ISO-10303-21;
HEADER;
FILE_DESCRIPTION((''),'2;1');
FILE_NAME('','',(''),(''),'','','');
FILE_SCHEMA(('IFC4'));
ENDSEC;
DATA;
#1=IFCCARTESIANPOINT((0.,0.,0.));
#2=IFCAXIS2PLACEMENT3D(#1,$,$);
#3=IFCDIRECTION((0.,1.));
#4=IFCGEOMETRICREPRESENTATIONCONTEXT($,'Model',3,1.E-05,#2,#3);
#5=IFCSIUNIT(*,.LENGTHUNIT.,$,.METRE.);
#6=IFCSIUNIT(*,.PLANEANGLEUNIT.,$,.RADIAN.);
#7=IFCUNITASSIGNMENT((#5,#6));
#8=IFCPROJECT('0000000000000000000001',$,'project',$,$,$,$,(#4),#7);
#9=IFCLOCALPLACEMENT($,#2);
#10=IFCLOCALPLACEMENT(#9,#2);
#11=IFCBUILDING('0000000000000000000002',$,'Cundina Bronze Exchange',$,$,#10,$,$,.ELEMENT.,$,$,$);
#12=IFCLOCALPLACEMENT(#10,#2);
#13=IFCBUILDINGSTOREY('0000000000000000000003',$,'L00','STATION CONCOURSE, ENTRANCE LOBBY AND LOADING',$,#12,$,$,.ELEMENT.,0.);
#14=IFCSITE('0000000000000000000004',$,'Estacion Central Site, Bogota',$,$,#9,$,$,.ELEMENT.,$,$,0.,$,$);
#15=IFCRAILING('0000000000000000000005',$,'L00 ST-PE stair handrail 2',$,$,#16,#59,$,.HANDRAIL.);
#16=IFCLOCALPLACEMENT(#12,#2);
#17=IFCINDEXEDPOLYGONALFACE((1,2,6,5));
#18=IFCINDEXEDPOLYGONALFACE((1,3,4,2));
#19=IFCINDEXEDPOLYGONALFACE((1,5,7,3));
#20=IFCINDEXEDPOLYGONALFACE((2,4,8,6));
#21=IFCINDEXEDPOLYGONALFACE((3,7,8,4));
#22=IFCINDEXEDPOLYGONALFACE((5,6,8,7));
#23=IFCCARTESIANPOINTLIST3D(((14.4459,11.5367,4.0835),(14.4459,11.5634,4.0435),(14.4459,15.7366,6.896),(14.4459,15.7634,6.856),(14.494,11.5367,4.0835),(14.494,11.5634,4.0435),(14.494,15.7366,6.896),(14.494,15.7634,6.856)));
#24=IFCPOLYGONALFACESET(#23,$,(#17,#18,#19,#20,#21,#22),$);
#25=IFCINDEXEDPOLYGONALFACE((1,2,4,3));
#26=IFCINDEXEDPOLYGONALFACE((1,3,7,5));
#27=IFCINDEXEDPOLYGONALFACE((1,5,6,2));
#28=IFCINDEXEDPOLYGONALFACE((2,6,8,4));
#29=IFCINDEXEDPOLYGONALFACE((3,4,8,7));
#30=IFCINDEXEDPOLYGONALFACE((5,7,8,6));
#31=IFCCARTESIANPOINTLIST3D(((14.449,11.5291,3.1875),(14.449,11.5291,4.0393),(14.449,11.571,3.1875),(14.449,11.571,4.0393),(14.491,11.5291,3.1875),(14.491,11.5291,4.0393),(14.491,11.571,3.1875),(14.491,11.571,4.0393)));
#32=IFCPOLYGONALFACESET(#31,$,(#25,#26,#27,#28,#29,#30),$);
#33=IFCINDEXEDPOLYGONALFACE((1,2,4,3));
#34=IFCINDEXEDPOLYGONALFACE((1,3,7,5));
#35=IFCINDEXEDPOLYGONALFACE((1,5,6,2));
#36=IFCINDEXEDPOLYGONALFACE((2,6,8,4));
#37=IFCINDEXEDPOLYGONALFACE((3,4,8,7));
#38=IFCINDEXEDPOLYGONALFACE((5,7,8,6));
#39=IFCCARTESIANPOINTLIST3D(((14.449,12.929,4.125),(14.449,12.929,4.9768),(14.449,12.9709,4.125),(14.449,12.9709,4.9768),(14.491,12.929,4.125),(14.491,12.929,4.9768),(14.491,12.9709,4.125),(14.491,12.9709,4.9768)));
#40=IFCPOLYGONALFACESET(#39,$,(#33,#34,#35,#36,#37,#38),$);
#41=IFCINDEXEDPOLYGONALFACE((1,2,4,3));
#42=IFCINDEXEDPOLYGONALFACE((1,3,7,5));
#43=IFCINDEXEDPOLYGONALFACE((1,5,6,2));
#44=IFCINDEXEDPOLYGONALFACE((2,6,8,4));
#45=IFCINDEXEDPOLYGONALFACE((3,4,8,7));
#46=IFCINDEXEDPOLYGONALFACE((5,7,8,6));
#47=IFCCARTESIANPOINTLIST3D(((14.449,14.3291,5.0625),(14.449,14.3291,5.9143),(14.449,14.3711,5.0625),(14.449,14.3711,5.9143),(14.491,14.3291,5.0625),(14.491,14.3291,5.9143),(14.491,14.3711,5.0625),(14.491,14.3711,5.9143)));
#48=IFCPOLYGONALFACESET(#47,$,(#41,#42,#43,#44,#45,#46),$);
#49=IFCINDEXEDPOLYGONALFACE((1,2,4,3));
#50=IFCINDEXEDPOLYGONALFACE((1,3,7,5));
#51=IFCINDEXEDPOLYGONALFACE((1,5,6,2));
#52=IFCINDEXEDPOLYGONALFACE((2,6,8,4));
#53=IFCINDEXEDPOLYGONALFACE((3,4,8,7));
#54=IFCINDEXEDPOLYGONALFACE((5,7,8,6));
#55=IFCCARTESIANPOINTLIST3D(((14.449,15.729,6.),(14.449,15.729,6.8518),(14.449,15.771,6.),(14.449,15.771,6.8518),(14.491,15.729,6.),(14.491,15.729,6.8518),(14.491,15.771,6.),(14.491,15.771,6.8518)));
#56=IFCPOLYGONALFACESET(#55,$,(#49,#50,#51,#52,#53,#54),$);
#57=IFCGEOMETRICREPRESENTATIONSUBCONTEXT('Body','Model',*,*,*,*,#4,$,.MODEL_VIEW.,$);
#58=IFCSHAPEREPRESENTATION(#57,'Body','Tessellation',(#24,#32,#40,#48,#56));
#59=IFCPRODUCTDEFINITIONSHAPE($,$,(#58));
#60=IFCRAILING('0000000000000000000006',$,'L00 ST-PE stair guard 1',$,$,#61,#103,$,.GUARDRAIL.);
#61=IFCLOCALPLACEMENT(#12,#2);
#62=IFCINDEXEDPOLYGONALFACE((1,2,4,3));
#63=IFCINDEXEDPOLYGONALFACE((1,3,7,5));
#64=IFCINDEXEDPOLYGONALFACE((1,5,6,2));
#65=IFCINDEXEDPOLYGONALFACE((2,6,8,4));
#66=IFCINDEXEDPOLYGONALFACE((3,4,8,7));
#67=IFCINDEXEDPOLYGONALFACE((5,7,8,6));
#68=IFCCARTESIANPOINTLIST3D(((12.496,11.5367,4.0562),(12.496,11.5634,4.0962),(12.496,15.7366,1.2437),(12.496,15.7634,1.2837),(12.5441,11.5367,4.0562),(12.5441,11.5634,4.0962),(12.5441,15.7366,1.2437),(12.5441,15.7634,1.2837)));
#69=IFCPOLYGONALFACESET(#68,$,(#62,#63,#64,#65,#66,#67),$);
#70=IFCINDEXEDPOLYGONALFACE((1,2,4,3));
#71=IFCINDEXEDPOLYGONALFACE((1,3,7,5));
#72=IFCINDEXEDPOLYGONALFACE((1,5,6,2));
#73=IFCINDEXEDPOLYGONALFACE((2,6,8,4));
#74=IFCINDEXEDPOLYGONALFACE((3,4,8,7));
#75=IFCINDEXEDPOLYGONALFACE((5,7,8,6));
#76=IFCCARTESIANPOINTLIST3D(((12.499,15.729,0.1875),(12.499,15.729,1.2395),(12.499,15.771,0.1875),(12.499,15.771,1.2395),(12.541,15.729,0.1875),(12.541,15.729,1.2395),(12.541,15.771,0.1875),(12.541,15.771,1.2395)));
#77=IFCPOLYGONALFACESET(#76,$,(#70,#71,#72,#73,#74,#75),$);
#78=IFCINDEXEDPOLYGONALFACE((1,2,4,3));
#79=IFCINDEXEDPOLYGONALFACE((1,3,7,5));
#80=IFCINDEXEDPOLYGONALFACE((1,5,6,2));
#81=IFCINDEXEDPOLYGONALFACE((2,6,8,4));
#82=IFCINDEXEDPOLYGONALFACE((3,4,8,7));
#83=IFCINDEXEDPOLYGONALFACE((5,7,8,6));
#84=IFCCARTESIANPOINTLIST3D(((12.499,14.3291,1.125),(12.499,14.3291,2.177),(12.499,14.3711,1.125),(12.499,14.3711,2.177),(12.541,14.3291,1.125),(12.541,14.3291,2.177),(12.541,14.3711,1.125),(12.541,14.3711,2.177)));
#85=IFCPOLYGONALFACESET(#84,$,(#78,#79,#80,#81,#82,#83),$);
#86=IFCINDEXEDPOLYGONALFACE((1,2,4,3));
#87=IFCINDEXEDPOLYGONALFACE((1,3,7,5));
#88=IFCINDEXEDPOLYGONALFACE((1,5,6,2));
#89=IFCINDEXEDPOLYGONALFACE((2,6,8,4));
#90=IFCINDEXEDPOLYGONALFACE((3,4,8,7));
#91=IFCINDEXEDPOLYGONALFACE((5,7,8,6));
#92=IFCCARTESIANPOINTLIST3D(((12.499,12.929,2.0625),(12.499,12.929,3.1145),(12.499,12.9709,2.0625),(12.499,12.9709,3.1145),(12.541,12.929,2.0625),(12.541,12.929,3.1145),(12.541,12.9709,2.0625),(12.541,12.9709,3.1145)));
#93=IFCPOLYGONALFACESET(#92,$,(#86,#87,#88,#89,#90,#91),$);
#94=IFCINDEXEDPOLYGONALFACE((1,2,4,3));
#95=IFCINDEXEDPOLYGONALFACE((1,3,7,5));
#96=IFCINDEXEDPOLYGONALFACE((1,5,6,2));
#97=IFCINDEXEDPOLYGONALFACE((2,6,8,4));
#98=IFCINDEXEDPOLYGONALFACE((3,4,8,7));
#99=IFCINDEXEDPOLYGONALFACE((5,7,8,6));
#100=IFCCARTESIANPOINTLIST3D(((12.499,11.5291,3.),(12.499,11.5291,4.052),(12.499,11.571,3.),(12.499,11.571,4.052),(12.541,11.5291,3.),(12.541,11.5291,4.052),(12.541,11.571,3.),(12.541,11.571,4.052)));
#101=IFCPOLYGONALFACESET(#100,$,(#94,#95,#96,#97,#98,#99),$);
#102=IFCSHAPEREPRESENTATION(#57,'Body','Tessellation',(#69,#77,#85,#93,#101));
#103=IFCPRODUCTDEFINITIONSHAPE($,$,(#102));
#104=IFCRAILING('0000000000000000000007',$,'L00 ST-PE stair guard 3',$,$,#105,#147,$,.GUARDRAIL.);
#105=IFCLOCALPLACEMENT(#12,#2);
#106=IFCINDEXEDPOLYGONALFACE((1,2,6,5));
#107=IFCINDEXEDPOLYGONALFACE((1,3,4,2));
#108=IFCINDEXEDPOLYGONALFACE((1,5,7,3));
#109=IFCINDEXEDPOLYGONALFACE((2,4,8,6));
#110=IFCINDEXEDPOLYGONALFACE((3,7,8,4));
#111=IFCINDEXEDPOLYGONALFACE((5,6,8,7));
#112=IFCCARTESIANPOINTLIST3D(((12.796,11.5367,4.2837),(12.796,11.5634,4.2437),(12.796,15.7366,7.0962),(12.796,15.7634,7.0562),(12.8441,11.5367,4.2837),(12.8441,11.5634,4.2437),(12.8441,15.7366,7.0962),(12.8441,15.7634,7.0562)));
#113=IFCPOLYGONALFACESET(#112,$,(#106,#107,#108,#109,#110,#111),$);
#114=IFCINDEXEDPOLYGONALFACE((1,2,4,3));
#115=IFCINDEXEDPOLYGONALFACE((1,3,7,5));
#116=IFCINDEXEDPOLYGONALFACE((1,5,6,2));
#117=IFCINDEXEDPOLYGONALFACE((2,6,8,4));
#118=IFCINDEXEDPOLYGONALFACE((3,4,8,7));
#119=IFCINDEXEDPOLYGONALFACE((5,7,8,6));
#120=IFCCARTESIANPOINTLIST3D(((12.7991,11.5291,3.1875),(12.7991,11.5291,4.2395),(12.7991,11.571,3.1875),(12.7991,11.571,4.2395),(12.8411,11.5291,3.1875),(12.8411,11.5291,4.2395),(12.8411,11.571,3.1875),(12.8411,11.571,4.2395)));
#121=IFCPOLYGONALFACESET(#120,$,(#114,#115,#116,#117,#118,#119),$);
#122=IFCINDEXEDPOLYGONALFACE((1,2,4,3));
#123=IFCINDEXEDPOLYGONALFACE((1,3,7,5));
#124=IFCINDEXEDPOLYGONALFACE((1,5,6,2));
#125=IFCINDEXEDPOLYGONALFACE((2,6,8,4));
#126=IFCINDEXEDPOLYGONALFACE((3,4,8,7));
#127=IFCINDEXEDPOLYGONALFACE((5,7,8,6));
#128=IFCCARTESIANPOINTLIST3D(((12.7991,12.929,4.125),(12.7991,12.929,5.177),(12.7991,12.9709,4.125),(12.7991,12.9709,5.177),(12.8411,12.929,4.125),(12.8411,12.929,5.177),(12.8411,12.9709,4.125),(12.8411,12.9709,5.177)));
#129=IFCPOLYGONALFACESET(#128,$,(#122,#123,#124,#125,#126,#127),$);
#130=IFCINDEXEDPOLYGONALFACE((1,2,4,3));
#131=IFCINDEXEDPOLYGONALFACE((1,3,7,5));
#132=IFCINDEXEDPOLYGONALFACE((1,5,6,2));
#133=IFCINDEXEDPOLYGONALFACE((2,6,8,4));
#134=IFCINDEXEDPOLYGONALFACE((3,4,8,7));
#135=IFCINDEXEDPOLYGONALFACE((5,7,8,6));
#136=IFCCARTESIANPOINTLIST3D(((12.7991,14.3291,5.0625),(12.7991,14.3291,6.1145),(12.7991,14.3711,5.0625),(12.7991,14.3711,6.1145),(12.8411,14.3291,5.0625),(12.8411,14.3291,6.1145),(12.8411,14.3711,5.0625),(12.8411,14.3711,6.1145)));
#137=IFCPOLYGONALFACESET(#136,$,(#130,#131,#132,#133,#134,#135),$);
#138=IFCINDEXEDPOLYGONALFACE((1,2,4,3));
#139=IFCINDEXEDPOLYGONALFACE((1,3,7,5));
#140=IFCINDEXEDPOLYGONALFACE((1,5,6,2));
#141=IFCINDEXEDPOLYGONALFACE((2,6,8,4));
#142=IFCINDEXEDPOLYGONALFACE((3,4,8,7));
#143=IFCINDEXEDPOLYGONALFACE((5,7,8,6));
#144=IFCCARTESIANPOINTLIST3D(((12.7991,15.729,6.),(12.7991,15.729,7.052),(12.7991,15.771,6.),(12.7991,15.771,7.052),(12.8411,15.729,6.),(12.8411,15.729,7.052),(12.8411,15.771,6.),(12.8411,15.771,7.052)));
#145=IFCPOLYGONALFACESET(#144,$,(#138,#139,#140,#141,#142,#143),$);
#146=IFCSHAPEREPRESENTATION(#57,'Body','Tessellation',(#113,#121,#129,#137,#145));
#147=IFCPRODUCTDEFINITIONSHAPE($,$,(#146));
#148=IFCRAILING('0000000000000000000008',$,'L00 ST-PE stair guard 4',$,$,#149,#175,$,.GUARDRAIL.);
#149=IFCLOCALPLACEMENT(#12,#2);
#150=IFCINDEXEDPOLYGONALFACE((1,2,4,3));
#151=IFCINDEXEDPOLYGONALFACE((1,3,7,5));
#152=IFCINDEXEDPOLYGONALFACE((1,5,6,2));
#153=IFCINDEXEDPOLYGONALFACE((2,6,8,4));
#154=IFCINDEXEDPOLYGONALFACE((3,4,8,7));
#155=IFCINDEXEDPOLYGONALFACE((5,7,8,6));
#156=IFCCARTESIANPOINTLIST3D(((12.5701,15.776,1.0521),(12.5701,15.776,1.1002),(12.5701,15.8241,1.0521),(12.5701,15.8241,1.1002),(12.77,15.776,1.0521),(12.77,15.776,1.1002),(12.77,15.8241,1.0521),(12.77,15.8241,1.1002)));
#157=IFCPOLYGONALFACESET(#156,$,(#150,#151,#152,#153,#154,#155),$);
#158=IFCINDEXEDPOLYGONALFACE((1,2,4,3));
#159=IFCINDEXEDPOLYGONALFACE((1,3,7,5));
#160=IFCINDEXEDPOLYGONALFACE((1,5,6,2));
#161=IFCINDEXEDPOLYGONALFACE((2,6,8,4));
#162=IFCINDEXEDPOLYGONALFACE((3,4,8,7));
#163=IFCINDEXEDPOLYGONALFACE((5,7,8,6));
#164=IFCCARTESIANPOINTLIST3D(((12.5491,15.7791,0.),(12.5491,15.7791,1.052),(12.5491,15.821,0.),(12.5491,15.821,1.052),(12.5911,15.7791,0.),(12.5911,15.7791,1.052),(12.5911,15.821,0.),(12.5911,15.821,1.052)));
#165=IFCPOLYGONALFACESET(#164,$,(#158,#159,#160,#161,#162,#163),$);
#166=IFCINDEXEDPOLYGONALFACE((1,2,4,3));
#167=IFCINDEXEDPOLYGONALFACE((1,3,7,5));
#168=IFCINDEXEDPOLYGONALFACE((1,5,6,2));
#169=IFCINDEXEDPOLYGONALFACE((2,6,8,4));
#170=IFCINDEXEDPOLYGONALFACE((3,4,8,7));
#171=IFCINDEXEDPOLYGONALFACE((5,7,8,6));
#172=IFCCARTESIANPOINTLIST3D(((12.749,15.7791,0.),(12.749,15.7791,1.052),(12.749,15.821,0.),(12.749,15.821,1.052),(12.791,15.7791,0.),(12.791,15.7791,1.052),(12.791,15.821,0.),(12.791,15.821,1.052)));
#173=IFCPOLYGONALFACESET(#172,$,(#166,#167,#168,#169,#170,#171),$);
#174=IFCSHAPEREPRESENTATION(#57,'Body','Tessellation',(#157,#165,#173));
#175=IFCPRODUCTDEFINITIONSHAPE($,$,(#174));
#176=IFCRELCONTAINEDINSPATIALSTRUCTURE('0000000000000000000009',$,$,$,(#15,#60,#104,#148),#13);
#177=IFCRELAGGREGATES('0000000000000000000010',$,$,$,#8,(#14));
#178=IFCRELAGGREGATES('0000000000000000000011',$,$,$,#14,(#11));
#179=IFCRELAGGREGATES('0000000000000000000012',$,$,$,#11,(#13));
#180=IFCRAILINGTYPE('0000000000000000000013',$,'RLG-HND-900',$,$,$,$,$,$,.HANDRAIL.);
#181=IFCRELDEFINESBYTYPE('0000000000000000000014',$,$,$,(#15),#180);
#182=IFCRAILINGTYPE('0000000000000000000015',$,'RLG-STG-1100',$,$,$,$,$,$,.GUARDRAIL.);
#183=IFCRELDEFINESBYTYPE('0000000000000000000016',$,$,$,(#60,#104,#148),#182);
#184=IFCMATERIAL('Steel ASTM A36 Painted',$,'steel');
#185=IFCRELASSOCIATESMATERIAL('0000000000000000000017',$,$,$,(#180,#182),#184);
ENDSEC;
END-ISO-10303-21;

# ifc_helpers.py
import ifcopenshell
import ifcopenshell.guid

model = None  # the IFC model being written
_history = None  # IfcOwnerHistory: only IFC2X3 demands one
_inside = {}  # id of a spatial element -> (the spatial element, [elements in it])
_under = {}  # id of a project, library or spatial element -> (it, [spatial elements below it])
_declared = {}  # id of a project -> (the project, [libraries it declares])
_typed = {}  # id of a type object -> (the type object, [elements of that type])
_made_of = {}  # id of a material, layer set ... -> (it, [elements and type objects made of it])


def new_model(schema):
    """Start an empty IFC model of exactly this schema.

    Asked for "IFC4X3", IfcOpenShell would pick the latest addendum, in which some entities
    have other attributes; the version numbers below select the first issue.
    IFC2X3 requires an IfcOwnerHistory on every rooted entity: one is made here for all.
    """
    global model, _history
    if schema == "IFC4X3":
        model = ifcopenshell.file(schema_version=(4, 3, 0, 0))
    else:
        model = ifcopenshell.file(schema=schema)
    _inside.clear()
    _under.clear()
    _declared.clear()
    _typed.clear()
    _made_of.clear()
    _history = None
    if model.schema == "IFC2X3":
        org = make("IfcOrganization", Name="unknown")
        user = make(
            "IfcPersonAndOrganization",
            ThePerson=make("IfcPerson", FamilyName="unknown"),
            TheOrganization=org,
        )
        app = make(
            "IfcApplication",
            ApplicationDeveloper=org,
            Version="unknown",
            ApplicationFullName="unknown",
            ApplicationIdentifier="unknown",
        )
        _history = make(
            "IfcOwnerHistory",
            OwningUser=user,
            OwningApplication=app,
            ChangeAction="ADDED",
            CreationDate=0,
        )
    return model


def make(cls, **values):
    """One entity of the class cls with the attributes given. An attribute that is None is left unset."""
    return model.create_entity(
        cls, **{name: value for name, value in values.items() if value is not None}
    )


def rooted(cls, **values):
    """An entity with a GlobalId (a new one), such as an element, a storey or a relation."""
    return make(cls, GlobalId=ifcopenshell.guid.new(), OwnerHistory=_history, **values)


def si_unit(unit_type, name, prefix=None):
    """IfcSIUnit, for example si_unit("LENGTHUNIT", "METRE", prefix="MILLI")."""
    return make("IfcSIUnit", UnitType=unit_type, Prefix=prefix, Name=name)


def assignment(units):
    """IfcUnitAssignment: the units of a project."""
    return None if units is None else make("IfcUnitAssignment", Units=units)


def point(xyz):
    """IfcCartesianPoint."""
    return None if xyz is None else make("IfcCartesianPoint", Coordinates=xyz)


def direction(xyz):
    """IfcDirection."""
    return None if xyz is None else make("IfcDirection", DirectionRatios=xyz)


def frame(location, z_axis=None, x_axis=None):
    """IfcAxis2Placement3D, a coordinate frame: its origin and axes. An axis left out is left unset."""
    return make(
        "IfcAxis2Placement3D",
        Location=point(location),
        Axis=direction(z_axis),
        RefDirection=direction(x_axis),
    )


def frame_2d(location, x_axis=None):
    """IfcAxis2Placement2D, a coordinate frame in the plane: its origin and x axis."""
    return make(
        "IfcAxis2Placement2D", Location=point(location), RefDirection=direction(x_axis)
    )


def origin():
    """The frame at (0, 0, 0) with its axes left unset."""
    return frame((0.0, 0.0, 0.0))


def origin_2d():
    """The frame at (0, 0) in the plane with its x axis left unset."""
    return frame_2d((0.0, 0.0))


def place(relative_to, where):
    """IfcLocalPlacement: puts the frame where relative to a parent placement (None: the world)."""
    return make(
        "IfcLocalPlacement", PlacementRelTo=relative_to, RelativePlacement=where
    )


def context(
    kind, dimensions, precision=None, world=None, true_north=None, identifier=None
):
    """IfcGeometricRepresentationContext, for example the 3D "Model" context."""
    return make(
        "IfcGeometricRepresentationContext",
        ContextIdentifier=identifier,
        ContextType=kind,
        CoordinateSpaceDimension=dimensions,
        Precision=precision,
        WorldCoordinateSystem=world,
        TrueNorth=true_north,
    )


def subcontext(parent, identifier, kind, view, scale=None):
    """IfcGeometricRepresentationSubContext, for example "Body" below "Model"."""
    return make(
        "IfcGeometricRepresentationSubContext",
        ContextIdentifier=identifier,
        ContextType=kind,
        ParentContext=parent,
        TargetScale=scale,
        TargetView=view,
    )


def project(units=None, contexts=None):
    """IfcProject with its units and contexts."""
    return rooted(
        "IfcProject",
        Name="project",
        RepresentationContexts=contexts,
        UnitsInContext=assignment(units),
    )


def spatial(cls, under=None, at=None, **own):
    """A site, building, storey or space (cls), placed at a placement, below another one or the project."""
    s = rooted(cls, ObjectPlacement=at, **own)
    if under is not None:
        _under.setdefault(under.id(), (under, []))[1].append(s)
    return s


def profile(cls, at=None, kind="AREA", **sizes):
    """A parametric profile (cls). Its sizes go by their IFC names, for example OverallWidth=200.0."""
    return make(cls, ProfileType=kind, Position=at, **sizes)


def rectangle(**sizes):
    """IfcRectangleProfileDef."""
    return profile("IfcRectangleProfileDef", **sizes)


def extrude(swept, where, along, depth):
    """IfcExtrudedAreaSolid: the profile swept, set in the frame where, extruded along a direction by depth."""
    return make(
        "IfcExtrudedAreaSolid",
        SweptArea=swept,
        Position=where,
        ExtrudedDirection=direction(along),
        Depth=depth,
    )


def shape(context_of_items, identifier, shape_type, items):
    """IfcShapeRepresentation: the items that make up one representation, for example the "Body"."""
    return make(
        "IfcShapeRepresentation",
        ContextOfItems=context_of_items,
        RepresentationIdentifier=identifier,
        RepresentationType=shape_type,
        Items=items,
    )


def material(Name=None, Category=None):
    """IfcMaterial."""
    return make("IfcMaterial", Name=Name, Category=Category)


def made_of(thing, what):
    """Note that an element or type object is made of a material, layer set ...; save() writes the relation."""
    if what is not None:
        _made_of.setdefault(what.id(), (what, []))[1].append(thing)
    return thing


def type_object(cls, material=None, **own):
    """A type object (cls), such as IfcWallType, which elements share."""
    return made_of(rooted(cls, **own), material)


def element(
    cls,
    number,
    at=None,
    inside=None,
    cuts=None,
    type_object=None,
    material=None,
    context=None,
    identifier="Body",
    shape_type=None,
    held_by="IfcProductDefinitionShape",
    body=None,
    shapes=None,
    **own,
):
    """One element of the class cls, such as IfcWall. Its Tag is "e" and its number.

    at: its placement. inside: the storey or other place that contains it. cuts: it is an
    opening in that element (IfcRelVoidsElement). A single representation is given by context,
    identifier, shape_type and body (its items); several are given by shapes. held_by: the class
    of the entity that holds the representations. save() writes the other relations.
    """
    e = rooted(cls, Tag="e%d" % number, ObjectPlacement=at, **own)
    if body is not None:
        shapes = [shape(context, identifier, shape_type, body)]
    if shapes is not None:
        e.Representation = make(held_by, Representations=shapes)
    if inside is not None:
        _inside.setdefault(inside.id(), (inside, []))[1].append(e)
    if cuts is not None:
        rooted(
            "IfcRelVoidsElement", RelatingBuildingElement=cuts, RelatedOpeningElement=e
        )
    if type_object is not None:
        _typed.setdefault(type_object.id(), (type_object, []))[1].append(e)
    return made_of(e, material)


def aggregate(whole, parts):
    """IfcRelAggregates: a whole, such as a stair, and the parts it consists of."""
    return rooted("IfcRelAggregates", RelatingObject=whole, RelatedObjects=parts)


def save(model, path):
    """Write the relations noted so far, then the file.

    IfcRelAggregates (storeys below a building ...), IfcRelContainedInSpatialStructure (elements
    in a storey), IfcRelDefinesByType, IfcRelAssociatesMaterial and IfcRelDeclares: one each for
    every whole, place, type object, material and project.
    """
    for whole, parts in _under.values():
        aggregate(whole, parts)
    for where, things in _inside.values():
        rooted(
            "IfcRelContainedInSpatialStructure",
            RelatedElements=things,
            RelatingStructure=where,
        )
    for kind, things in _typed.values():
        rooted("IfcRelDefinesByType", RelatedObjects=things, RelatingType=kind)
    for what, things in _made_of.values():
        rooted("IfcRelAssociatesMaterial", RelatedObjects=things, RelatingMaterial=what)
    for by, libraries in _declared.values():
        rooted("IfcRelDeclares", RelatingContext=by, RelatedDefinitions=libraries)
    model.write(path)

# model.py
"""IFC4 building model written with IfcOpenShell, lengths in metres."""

from ifc_helpers import new_model, si_unit, direction, frame, origin, origin_2d, place, context, subcontext, project, spatial, rectangle, extrude, material, type_object, element, save


model = new_model("IFC4")

# Units and contexts
model_context = context("Model", 3, precision=1e-05, world=origin(), true_north=direction((0.0, 1.0)))
body_context = subcontext(model_context, "Body", "Model", "MODEL_VIEW")
ifc_project = project(units=[si_unit("LENGTHUNIT", "METRE"), si_unit("PLANEANGLEUNIT", "RADIAN")], contexts=[model_context])

# Site, building, storey
site_placement = place(None, origin())
site = spatial("IfcSite", under=ifc_project, at=site_placement, Name="Estacion Central Site, Bogota", CompositionType="ELEMENT", RefElevation=0.0)
building_placement = place(site_placement, origin())
building = spatial("IfcBuilding", under=site, at=building_placement, Name="Cundina Bronze Exchange", CompositionType="ELEMENT")
storey_placement = place(building_placement, origin())
storey = spatial("IfcBuildingStorey", under=building, at=storey_placement, Name="L00", Description="STATION CONCOURSE, ENTRANCE LOBBY AND LOADING", CompositionType="ELEMENT", Elevation=0.0)

# Shared definitions
ifc_material_1 = material(Name="Steel ASTM A36 Painted", Category="steel")

# Railings
railing_type_1 = type_object("IfcRailingType", Name="RLG-HND-900", PredefinedType="HANDRAIL", material=ifc_material_1)
railing_1_placement = place(storey_placement, frame((14.47, 11.55, 3.1875)))
element("IfcRailing", 1, at=railing_1_placement, inside=storey, type_object=railing_type_1, Name="L00 ST-PE stair handrail 2", PredefinedType="HANDRAIL", context=body_context, shape_type="SweptSolid", body=[
    extrude(rectangle(XDim=0.0481, YDim=0.0481, at=origin_2d()), frame((0.0, 0.0, 0.876), z_axis=(0.0, 0.830904, 0.556416), x_axis=(-1.0, 0.0, 0.0)), (0.0, 0.0, 1.0), 5.0547),
    extrude(rectangle(XDim=0.042, YDim=0.042, at=origin_2d()), origin(), (0.0, 0.0, 1.0), 0.8518),
    extrude(rectangle(XDim=0.042, YDim=0.042, at=origin_2d()), frame((0.0, 1.3999, 0.9375)), (0.0, 0.0, 1.0), 0.8518),
    extrude(rectangle(XDim=0.042, YDim=0.042, at=origin_2d()), frame((0.0, 2.8, 1.875)), (0.0, 0.0, 1.0), 0.8518),
    extrude(rectangle(XDim=0.042, YDim=0.042, at=origin_2d()), frame((0.0, 4.2, 2.8125)), (0.0, 0.0, 1.0), 0.8518),
])
railing_type_2 = type_object("IfcRailingType", Name="RLG-STG-1100", PredefinedType="GUARDRAIL", material=ifc_material_1)
railing_2_placement = place(storey_placement, frame((12.52, 15.75, 0.1875)))
element("IfcRailing", 2, at=railing_2_placement, inside=storey, type_object=railing_type_2, Name="L00 ST-PE stair guard 1", PredefinedType="GUARDRAIL", context=body_context, shape_type="SweptSolid", body=[
    extrude(rectangle(XDim=0.0481, YDim=0.0481, at=origin_2d()), frame((0.0, 0.0, 1.0762), z_axis=(0.0, -0.830904, 0.556416), x_axis=(1.0, 0.0, 0.0)), (0.0, 0.0, 1.0), 5.0547),
    extrude(rectangle(XDim=0.042, YDim=0.042, at=origin_2d()), origin(), (0.0, 0.0, 1.0), 1.052),
    extrude(rectangle(XDim=0.042, YDim=0.042, at=origin_2d()), frame((0.0, -1.3999, 0.9375)), (0.0, 0.0, 1.0), 1.052),
    extrude(rectangle(XDim=0.042, YDim=0.042, at=origin_2d()), frame((0.0, -2.8, 1.875)), (0.0, 0.0, 1.0), 1.052),
    extrude(rectangle(XDim=0.042, YDim=0.042, at=origin_2d()), frame((0.0, -4.2, 2.8125)), (0.0, 0.0, 1.0), 1.052),
])
railing_3_placement = place(storey_placement, frame((12.8201, 11.55, 3.1875)))
element("IfcRailing", 3, at=railing_3_placement, inside=storey, type_object=railing_type_2, Name="L00 ST-PE stair guard 3", PredefinedType="GUARDRAIL", context=body_context, shape_type="SweptSolid", body=[
    extrude(rectangle(XDim=0.0481, YDim=0.0481, at=origin_2d()), frame((0.0, 0.0, 1.0762), z_axis=(0.0, 0.830904, 0.556416), x_axis=(-1.0, 0.0, 0.0)), (0.0, 0.0, 1.0), 5.0547),
    extrude(rectangle(XDim=0.042, YDim=0.042, at=origin_2d()), origin(), (0.0, 0.0, 1.0), 1.052),
    extrude(rectangle(XDim=0.042, YDim=0.042, at=origin_2d()), frame((0.0, 1.3999, 0.9375)), (0.0, 0.0, 1.0), 1.052),
    extrude(rectangle(XDim=0.042, YDim=0.042, at=origin_2d()), frame((0.0, 2.8, 1.875)), (0.0, 0.0, 1.0), 1.052),
    extrude(rectangle(XDim=0.042, YDim=0.042, at=origin_2d()), frame((0.0, 4.2, 2.8125)), (0.0, 0.0, 1.0), 1.052),
])
railing_4_placement = place(storey_placement, frame((12.5701, 15.8, 0.0)))
element("IfcRailing", 4, at=railing_4_placement, inside=storey, type_object=railing_type_2, Name="L00 ST-PE stair guard 4", PredefinedType="GUARDRAIL", context=body_context, shape_type="SweptSolid", body=[
    extrude(rectangle(XDim=0.0481, YDim=0.0481, at=origin_2d()), frame((0.0, 0.0, 1.0762), z_axis=(1.0, 0.0, 0.0), x_axis=(0.0, 1.0, 0.0)), (0.0, 0.0, 1.0), 0.2),
    extrude(rectangle(XDim=0.042, YDim=0.042, at=origin_2d()), origin(), (0.0, 0.0, 1.0), 1.052),
    extrude(rectangle(XDim=0.042, YDim=0.042, at=origin_2d()), frame((0.2, 0.0, 0.0)), (0.0, 0.0, 1.0), 1.052),
])

save(model, "model.ifc")
